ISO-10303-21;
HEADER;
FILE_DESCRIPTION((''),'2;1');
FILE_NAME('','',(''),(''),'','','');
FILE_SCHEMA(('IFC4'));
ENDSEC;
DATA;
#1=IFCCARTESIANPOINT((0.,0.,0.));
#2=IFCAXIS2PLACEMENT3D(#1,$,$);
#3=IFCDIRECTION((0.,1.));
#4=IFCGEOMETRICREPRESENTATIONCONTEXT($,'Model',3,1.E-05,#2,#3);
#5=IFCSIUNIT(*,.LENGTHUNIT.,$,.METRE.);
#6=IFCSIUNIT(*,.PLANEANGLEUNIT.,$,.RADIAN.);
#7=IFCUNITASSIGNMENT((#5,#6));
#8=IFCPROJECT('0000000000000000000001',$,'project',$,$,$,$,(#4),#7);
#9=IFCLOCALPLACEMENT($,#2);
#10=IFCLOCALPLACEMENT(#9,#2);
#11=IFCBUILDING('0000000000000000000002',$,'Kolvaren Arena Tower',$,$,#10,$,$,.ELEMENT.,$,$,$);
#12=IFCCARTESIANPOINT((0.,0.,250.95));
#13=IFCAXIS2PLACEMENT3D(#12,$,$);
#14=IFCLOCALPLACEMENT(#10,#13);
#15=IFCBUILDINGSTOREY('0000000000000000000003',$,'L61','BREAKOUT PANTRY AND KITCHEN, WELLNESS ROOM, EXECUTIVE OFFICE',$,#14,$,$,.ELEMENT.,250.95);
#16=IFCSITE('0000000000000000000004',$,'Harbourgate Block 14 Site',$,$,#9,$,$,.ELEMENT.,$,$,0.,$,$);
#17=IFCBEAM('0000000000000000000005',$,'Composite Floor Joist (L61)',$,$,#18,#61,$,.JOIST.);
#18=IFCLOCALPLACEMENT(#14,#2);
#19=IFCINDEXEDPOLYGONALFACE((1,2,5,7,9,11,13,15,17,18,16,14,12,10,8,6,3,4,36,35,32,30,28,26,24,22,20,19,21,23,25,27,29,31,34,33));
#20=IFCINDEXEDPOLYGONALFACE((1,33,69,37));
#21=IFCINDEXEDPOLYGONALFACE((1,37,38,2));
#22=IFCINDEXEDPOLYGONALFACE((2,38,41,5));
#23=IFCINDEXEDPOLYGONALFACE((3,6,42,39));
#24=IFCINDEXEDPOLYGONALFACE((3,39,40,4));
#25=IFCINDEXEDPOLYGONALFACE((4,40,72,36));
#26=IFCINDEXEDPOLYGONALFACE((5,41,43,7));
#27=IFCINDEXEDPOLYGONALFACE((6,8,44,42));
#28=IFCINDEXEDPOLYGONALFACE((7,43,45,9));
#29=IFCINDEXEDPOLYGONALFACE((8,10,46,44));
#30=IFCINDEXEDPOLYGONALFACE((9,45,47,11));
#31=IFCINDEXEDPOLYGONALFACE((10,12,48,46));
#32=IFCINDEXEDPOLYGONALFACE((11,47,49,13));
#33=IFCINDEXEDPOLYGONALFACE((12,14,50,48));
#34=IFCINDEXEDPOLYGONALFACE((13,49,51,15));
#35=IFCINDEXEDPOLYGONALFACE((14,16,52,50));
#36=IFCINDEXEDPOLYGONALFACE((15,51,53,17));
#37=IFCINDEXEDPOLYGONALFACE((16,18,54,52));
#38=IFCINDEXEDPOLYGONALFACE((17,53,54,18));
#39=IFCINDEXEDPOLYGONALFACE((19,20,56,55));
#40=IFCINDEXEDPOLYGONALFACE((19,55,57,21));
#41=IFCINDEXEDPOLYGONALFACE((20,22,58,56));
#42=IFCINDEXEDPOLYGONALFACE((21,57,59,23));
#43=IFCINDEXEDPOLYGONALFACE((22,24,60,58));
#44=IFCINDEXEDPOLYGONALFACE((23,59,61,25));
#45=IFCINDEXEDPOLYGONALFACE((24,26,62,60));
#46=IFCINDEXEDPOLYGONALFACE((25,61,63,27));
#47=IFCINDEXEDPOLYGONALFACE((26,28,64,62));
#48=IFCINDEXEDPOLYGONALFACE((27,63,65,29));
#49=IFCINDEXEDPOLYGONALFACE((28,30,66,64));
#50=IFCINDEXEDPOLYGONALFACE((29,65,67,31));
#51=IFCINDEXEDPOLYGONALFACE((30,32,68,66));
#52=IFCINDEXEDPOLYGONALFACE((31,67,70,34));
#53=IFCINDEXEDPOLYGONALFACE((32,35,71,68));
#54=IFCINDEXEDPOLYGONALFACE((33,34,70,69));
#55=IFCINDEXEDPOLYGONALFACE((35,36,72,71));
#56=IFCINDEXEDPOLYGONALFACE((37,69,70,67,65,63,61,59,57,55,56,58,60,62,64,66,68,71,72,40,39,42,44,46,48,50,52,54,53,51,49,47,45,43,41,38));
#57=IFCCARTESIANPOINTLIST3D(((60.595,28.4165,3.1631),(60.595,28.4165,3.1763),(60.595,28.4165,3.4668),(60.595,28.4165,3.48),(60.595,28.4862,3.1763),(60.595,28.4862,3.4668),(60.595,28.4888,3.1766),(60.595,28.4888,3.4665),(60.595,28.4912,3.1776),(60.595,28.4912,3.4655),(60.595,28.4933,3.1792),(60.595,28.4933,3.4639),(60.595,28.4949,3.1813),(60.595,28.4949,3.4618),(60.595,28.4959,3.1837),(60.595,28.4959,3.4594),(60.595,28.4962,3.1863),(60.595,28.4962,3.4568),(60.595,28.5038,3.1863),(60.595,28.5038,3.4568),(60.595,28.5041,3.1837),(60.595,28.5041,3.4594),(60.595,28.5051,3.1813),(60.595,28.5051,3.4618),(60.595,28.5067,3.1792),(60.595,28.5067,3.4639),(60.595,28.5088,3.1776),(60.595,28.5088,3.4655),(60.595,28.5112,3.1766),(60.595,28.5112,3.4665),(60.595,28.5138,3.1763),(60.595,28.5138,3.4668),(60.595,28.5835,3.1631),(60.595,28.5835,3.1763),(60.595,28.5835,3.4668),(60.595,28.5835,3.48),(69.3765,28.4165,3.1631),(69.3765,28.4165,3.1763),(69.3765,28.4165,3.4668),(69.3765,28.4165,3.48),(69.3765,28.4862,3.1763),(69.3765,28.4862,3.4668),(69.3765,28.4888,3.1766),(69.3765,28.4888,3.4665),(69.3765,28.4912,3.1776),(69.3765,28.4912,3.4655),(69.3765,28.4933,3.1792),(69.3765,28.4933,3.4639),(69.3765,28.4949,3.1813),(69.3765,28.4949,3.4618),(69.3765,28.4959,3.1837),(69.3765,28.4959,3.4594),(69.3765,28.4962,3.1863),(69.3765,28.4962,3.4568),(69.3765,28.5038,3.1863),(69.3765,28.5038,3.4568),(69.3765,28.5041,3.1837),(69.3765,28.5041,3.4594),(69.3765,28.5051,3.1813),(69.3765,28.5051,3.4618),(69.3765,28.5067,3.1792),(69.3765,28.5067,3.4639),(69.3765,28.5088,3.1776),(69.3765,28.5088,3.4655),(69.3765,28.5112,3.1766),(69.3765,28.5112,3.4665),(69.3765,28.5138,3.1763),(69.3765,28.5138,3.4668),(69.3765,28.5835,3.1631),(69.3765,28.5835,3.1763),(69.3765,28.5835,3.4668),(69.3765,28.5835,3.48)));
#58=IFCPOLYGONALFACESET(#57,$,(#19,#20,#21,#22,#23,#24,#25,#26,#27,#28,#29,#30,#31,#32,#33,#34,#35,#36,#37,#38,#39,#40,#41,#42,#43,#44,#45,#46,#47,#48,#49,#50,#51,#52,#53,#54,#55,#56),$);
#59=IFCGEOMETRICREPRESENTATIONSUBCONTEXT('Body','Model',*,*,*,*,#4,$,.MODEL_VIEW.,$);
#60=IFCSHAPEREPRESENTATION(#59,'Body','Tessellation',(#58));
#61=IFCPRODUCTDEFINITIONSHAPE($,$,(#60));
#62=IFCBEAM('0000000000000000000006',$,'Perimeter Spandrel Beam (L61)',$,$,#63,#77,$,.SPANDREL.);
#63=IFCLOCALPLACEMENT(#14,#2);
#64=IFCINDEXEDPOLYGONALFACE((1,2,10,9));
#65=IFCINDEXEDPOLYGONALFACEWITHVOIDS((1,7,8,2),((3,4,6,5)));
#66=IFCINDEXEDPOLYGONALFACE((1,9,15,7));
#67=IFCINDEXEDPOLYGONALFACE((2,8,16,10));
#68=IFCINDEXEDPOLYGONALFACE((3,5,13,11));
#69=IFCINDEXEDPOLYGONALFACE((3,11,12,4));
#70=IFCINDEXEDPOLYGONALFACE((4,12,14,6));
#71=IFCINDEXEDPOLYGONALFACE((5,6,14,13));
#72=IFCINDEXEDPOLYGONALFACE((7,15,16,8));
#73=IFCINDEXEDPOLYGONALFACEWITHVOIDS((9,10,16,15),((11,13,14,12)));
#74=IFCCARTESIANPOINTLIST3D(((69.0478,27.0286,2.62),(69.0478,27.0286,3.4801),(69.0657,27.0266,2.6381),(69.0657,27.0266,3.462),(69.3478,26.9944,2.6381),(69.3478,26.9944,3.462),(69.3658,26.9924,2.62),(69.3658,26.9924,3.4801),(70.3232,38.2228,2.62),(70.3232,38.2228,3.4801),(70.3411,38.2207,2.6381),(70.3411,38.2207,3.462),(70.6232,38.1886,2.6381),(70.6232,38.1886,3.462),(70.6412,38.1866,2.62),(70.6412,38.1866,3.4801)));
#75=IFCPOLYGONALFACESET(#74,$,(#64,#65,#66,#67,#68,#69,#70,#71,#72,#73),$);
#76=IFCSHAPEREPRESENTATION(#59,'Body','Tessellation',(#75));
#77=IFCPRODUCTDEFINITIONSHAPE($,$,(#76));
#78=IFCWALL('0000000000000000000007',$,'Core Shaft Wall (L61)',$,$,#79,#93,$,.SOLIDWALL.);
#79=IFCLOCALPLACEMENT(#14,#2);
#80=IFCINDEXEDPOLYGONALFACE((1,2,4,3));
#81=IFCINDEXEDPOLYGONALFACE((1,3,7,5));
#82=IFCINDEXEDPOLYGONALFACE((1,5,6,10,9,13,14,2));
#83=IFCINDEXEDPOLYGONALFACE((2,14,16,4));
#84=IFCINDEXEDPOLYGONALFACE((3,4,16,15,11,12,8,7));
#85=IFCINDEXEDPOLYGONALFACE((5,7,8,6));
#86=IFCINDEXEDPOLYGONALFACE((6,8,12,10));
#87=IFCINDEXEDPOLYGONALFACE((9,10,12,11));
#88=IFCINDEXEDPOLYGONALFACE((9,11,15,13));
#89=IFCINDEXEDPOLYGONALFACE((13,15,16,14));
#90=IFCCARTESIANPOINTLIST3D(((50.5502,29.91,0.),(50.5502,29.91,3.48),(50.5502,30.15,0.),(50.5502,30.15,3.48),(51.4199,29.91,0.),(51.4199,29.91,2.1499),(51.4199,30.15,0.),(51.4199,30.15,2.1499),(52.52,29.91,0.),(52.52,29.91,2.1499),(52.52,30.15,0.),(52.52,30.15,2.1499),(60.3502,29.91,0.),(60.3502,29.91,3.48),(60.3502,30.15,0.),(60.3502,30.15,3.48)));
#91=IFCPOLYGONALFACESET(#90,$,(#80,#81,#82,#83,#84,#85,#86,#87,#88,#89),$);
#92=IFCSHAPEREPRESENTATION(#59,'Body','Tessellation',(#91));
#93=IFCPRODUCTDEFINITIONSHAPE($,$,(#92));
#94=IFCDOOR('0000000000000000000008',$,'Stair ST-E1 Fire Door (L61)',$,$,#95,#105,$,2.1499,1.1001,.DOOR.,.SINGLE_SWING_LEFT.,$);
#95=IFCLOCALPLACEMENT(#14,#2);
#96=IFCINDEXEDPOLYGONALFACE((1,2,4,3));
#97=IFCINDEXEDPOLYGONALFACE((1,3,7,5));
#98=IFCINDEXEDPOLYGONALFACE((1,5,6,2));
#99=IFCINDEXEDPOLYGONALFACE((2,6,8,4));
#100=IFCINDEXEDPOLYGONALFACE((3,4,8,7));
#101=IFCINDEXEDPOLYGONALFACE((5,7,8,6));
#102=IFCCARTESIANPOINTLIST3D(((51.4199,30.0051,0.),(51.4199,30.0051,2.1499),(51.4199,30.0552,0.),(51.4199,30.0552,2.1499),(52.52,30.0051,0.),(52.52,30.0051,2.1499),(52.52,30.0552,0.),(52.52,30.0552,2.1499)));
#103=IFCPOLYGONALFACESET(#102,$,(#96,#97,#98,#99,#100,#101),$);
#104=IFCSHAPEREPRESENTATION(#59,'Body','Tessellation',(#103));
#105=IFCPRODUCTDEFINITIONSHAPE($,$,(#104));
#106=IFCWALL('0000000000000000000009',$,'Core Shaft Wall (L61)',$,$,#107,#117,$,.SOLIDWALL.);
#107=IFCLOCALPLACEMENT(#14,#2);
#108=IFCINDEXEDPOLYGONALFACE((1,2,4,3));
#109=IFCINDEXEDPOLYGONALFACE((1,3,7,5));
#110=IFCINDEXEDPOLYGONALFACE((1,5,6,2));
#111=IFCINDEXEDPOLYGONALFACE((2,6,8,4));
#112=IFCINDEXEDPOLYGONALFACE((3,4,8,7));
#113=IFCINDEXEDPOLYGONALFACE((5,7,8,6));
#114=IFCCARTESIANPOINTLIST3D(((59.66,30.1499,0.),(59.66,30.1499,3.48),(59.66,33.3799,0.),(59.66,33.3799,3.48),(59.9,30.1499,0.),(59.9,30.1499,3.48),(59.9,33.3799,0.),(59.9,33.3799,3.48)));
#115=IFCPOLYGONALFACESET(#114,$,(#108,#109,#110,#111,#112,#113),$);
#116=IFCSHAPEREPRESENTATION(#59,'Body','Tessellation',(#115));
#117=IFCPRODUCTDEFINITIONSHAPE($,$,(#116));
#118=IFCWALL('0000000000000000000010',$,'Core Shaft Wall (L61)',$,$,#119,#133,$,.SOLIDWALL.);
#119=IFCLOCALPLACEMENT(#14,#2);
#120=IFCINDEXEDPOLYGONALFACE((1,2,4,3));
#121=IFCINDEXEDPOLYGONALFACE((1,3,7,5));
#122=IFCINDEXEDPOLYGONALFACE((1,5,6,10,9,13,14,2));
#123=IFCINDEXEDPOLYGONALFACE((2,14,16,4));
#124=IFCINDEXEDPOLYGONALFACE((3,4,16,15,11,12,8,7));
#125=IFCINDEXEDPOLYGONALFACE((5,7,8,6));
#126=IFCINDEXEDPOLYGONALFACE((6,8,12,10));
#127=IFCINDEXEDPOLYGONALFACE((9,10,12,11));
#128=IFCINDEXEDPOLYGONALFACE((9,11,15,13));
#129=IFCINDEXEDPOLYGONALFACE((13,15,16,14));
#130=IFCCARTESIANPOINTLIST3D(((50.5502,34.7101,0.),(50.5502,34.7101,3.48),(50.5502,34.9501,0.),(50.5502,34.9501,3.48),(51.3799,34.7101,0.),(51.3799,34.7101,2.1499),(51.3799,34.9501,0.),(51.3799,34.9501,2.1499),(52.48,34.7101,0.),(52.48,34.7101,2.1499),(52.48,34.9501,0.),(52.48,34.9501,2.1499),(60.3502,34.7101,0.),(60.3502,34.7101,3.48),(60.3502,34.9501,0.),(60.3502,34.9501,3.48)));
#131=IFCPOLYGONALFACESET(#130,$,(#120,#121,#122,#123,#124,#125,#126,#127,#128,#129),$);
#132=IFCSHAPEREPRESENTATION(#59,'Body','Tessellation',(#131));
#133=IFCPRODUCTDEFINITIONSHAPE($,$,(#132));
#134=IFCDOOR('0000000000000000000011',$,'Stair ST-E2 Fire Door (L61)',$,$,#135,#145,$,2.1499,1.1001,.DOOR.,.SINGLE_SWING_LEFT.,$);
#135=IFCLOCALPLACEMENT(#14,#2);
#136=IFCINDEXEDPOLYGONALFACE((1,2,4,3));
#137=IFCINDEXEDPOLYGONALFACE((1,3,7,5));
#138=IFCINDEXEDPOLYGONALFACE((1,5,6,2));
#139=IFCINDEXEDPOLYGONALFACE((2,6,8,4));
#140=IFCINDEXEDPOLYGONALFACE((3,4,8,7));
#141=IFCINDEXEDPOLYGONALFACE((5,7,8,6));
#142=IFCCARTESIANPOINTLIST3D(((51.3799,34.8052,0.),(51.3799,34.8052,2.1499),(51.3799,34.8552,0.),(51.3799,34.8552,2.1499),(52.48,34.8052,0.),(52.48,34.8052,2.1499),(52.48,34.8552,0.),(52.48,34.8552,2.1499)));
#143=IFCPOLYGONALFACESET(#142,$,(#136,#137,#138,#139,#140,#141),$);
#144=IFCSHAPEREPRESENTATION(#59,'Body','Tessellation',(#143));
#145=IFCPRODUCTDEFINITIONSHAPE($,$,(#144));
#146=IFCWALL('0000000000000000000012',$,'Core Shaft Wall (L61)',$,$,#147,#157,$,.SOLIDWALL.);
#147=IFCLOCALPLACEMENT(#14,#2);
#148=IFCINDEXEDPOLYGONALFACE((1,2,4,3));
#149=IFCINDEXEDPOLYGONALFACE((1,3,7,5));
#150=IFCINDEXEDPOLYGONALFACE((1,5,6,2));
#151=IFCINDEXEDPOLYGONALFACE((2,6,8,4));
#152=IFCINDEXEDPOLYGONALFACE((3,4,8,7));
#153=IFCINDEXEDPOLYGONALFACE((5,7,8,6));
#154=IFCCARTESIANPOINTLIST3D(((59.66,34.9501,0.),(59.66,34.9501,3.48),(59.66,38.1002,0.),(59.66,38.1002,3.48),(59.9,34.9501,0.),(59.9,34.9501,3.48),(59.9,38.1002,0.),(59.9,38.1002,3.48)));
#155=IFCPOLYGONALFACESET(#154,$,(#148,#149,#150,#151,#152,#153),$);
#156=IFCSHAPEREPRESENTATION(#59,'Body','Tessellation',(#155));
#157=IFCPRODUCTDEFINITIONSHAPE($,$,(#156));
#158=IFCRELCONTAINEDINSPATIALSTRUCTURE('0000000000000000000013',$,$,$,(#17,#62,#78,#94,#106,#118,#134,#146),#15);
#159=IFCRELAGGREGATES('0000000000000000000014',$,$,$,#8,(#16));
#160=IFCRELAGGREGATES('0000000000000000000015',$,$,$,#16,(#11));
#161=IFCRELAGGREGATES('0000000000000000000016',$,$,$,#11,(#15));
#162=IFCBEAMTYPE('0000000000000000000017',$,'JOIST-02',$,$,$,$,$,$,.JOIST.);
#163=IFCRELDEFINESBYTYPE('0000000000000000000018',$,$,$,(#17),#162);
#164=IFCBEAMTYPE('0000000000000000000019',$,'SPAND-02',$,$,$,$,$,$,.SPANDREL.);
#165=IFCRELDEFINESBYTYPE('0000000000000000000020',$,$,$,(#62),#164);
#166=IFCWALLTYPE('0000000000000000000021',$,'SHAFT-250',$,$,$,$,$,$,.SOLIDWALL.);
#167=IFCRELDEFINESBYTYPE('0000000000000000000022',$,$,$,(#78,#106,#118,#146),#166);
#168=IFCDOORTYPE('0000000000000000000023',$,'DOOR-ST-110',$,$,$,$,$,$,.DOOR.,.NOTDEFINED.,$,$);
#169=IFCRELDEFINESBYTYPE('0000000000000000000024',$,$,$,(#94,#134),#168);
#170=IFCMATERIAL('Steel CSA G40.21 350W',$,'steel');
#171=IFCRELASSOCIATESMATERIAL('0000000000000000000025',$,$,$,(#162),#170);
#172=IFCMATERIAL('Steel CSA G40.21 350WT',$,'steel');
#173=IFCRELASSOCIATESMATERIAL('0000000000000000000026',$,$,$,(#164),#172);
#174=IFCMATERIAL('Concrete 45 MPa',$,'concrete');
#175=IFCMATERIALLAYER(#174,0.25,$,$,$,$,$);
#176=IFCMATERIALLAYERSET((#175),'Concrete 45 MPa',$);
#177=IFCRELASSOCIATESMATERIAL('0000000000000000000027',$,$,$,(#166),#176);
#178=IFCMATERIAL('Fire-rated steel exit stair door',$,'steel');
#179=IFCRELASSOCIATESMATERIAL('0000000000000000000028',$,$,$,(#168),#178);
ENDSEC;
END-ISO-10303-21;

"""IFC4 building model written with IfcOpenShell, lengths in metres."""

from ifc_helpers import new_model, si_unit, direction, frame, frame_2d, origin, origin_2d, place, context, subcontext, project, spatial, rectangle, hollow_rectangle, i_section, extrude, material, layer, layer_set, material_profile, profile_set, type_object, element, fill, save


model = new_model("IFC4")

# Units and contexts
model_context = context("Model", 3, precision=1e-05, world=origin(), true_north=direction((0.0, 1.0)))
body_context = subcontext(model_context, "Body", "Model", "MODEL_VIEW")
ifc_project = project(units=[si_unit("LENGTHUNIT", "METRE"), si_unit("PLANEANGLEUNIT", "RADIAN")], contexts=[model_context])

# Site, building, storey
site_placement = place(None, origin())
site = spatial("IfcSite", under=ifc_project, at=site_placement, Name="Harbourgate Block 14 Site", CompositionType="ELEMENT", RefElevation=0.0)
building_placement = place(site_placement, origin())
building = spatial("IfcBuilding", under=site, at=building_placement, Name="Kolvaren Arena Tower", CompositionType="ELEMENT")
storey_placement = place(building_placement, frame((0.0, 0.0, 250.95)))
storey = spatial("IfcBuildingStorey", under=building, at=storey_placement, Name="L61", Description="BREAKOUT PANTRY AND KITCHEN, WELLNESS ROOM, EXECUTIVE OFFICE", CompositionType="ELEMENT", Elevation=250.95)

# Beams
ifc_material_1 = material(Name="Steel CSA G40.21 350W", Category="steel")
ifc_material_profile_1 = material_profile(ifc_material_1, i_section(OverallWidth=0.167, OverallDepth=0.3169, WebThickness=0.0076, FlangeThickness=0.0132, FilletRadius=0.01, at=origin_2d()), Name="W310x52")
ifc_profile_set_1 = profile_set([ifc_material_profile_1], Name="Steel CSA G40.21 350W")
beam_type_1 = type_object("IfcBeamType", Name="JOIST-02", PredefinedType="JOIST", material=ifc_profile_set_1)
beam_1_placement = place(storey_placement, frame((60.595, 28.5, 3.3215), z_axis=(1.0, 0.0, 0.0), x_axis=(0.0, 1.0, 0.0)))
element("IfcBeam", 1, at=beam_1_placement, inside=storey, type_object=beam_type_1, Name="Composite Floor Joist (L61)", PredefinedType="JOIST", context=body_context, shape_type="SweptSolid", body=[
    extrude(i_section(OverallWidth=0.167, OverallDepth=0.3169, WebThickness=0.0076, FlangeThickness=0.0132, FilletRadius=0.01, at=origin_2d()), origin(), (0.0, 0.0, 1.0), 8.7815),
])
ifc_material_2 = material(Name="Steel CSA G40.21 350WT", Category="steel")
ifc_material_profile_2 = material_profile(ifc_material_2, hollow_rectangle(XDim=0.3201, YDim=0.8601, WallThickness=0.0181, at=origin_2d()), Name="HSS 860x320x18")
ifc_profile_set_2 = profile_set([ifc_material_profile_2], Name="Steel CSA G40.21 350WT")
beam_type_2 = type_object("IfcBeamType", Name="SPAND-02", PredefinedType="SPANDREL", material=ifc_profile_set_2)
beam_2_placement = place(storey_placement, frame((69.2068, 27.0105, 3.05), z_axis=(0.113202, 0.993572, 0.0), x_axis=(-0.993572, 0.113202, 0.0)))
element("IfcBeam", 2, at=beam_2_placement, inside=storey, type_object=beam_type_2, Name="Perimeter Spandrel Beam (L61)", PredefinedType="SPANDREL", context=body_context, shape_type="SweptSolid", body=[
    extrude(hollow_rectangle(XDim=0.3201, YDim=0.8601, WallThickness=0.0181, at=origin_2d()), origin(), (0.0, 0.0, 1.0), 11.2666),
])

# Wall, opening, door
ifc_material_3 = material(Name="Concrete 45 MPa", Category="concrete")
ifc_layer = layer(ifc_material_3, 0.25)
ifc_layer_set = layer_set([ifc_layer], Name="Concrete 45 MPa")
wall_type = type_object("IfcWallType", Name="SHAFT-250", PredefinedType="SOLIDWALL", material=ifc_layer_set)
wall_1_placement = place(storey_placement, frame((60.3501, 30.03, 0.0), z_axis=(0.0, 0.0, 1.0), x_axis=(-1.0, 0.0, 0.0)))
wall_1 = element("IfcWall", 3, at=wall_1_placement, inside=storey, type_object=wall_type, Name="Core Shaft Wall (L61)", PredefinedType="SOLIDWALL", context=body_context, shape_type="SweptSolid", body=[
    extrude(rectangle(XDim=9.8, YDim=0.24, at=frame_2d((4.8999, 0.0))), origin(), (0.0, 0.0, 1.0), 3.48),
])
opening_1_placement = place(wall_1_placement, frame((7.8301, 0.0, 0.0)))
opening_1 = element("IfcOpeningElement", 4, at=opening_1_placement, cuts=wall_1, PredefinedType="OPENING", context=body_context, shape_type="SweptSolid", body=[
    extrude(rectangle(XDim=1.1001, YDim=2.1499, at=frame_2d((0.55, 1.075))), frame((0.0, 0.1299, 0.0), z_axis=(0.0, -1.0, 0.0), x_axis=(1.0, 0.0, 0.0)), (0.0, 0.0, 1.0), 0.26),
])
ifc_material_4 = material(Name="Fire-rated steel exit stair door", Category="steel")
door_type_1 = type_object("IfcDoorType", Name="DOOR-ST-110", OperationType="NOTDEFINED", PredefinedType="DOOR", material=ifc_material_4)
door_1_placement = place(opening_1_placement, origin())
door_1 = element("IfcDoor", 5, at=door_1_placement, inside=storey, type_object=door_type_1, Name="Stair ST-E1 Fire Door (L61)", OperationType="SINGLE_SWING_LEFT", OverallHeight=2.1499, OverallWidth=1.1001, PredefinedType="DOOR", context=body_context, shape_type="SweptSolid", body=[
    extrude(rectangle(XDim=1.1001, YDim=2.1499, at=frame_2d((0.55, 1.075))), frame((0.0, 0.0249, 0.0), z_axis=(0.0, -1.0, 0.0), x_axis=(1.0, 0.0, 0.0)), (0.0, 0.0, 1.0), 0.05),
])
fill(opening_1, door_1)

# Wall
wall_2_placement = place(storey_placement, frame((59.78, 30.1499, 0.0), z_axis=(0.0, 0.0, 1.0), x_axis=(0.0, 1.0, 0.0)))
element("IfcWall", 6, at=wall_2_placement, inside=storey, type_object=wall_type, Name="Core Shaft Wall (L61)", PredefinedType="SOLIDWALL", context=body_context, shape_type="SweptSolid", body=[
    extrude(rectangle(XDim=3.23, YDim=0.24, at=frame_2d((1.615, 0.0))), origin(), (0.0, 0.0, 1.0), 3.48),
])

# Wall, opening, door
wall_3_placement = place(storey_placement, frame((60.3501, 34.8301, 0.0), z_axis=(0.0, 0.0, 1.0), x_axis=(-1.0, 0.0, 0.0)))
wall_3 = element("IfcWall", 7, at=wall_3_placement, inside=storey, type_object=wall_type, Name="Core Shaft Wall (L61)", PredefinedType="SOLIDWALL", context=body_context, shape_type="SweptSolid", body=[
    extrude(rectangle(XDim=9.8, YDim=0.24, at=frame_2d((4.8999, 0.0))), origin(), (0.0, 0.0, 1.0), 3.48),
])
opening_2_placement = place(wall_3_placement, frame((7.8701, 0.0, 0.0)))
opening_2 = element("IfcOpeningElement", 8, at=opening_2_placement, cuts=wall_3, PredefinedType="OPENING", context=body_context, shape_type="SweptSolid", body=[
    extrude(rectangle(XDim=1.1001, YDim=2.1499, at=frame_2d((0.55, 1.075))), frame((0.0, 0.1299, 0.0), z_axis=(0.0, -1.0, 0.0), x_axis=(1.0, 0.0, 0.0)), (0.0, 0.0, 1.0), 0.26),
])
door_2_placement = place(opening_2_placement, origin())
door_2 = element("IfcDoor", 9, at=door_2_placement, inside=storey, type_object=door_type_1, Name="Stair ST-E2 Fire Door (L61)", OperationType="SINGLE_SWING_LEFT", OverallHeight=2.1499, OverallWidth=1.1001, PredefinedType="DOOR", context=body_context, shape_type="SweptSolid", body=[
    extrude(rectangle(XDim=1.1001, YDim=2.1499, at=frame_2d((0.55, 1.075))), frame((0.0, 0.0249, 0.0), z_axis=(0.0, -1.0, 0.0), x_axis=(1.0, 0.0, 0.0)), (0.0, 0.0, 1.0), 0.05),
])
fill(opening_2, door_2)

# Wall
wall_4_placement = place(storey_placement, frame((59.78, 34.95, 0.0), z_axis=(0.0, 0.0, 1.0), x_axis=(0.0, 1.0, 0.0)))
element("IfcWall", 10, at=wall_4_placement, inside=storey, type_object=wall_type, Name="Core Shaft Wall (L61)", PredefinedType="SOLIDWALL", context=body_context, shape_type="SweptSolid", body=[
    extrude(rectangle(XDim=3.1501, YDim=0.24, at=frame_2d((1.5752, 0.0))), origin(), (0.0, 0.0, 1.0), 3.48),
])

save(model, "model.ifc")
